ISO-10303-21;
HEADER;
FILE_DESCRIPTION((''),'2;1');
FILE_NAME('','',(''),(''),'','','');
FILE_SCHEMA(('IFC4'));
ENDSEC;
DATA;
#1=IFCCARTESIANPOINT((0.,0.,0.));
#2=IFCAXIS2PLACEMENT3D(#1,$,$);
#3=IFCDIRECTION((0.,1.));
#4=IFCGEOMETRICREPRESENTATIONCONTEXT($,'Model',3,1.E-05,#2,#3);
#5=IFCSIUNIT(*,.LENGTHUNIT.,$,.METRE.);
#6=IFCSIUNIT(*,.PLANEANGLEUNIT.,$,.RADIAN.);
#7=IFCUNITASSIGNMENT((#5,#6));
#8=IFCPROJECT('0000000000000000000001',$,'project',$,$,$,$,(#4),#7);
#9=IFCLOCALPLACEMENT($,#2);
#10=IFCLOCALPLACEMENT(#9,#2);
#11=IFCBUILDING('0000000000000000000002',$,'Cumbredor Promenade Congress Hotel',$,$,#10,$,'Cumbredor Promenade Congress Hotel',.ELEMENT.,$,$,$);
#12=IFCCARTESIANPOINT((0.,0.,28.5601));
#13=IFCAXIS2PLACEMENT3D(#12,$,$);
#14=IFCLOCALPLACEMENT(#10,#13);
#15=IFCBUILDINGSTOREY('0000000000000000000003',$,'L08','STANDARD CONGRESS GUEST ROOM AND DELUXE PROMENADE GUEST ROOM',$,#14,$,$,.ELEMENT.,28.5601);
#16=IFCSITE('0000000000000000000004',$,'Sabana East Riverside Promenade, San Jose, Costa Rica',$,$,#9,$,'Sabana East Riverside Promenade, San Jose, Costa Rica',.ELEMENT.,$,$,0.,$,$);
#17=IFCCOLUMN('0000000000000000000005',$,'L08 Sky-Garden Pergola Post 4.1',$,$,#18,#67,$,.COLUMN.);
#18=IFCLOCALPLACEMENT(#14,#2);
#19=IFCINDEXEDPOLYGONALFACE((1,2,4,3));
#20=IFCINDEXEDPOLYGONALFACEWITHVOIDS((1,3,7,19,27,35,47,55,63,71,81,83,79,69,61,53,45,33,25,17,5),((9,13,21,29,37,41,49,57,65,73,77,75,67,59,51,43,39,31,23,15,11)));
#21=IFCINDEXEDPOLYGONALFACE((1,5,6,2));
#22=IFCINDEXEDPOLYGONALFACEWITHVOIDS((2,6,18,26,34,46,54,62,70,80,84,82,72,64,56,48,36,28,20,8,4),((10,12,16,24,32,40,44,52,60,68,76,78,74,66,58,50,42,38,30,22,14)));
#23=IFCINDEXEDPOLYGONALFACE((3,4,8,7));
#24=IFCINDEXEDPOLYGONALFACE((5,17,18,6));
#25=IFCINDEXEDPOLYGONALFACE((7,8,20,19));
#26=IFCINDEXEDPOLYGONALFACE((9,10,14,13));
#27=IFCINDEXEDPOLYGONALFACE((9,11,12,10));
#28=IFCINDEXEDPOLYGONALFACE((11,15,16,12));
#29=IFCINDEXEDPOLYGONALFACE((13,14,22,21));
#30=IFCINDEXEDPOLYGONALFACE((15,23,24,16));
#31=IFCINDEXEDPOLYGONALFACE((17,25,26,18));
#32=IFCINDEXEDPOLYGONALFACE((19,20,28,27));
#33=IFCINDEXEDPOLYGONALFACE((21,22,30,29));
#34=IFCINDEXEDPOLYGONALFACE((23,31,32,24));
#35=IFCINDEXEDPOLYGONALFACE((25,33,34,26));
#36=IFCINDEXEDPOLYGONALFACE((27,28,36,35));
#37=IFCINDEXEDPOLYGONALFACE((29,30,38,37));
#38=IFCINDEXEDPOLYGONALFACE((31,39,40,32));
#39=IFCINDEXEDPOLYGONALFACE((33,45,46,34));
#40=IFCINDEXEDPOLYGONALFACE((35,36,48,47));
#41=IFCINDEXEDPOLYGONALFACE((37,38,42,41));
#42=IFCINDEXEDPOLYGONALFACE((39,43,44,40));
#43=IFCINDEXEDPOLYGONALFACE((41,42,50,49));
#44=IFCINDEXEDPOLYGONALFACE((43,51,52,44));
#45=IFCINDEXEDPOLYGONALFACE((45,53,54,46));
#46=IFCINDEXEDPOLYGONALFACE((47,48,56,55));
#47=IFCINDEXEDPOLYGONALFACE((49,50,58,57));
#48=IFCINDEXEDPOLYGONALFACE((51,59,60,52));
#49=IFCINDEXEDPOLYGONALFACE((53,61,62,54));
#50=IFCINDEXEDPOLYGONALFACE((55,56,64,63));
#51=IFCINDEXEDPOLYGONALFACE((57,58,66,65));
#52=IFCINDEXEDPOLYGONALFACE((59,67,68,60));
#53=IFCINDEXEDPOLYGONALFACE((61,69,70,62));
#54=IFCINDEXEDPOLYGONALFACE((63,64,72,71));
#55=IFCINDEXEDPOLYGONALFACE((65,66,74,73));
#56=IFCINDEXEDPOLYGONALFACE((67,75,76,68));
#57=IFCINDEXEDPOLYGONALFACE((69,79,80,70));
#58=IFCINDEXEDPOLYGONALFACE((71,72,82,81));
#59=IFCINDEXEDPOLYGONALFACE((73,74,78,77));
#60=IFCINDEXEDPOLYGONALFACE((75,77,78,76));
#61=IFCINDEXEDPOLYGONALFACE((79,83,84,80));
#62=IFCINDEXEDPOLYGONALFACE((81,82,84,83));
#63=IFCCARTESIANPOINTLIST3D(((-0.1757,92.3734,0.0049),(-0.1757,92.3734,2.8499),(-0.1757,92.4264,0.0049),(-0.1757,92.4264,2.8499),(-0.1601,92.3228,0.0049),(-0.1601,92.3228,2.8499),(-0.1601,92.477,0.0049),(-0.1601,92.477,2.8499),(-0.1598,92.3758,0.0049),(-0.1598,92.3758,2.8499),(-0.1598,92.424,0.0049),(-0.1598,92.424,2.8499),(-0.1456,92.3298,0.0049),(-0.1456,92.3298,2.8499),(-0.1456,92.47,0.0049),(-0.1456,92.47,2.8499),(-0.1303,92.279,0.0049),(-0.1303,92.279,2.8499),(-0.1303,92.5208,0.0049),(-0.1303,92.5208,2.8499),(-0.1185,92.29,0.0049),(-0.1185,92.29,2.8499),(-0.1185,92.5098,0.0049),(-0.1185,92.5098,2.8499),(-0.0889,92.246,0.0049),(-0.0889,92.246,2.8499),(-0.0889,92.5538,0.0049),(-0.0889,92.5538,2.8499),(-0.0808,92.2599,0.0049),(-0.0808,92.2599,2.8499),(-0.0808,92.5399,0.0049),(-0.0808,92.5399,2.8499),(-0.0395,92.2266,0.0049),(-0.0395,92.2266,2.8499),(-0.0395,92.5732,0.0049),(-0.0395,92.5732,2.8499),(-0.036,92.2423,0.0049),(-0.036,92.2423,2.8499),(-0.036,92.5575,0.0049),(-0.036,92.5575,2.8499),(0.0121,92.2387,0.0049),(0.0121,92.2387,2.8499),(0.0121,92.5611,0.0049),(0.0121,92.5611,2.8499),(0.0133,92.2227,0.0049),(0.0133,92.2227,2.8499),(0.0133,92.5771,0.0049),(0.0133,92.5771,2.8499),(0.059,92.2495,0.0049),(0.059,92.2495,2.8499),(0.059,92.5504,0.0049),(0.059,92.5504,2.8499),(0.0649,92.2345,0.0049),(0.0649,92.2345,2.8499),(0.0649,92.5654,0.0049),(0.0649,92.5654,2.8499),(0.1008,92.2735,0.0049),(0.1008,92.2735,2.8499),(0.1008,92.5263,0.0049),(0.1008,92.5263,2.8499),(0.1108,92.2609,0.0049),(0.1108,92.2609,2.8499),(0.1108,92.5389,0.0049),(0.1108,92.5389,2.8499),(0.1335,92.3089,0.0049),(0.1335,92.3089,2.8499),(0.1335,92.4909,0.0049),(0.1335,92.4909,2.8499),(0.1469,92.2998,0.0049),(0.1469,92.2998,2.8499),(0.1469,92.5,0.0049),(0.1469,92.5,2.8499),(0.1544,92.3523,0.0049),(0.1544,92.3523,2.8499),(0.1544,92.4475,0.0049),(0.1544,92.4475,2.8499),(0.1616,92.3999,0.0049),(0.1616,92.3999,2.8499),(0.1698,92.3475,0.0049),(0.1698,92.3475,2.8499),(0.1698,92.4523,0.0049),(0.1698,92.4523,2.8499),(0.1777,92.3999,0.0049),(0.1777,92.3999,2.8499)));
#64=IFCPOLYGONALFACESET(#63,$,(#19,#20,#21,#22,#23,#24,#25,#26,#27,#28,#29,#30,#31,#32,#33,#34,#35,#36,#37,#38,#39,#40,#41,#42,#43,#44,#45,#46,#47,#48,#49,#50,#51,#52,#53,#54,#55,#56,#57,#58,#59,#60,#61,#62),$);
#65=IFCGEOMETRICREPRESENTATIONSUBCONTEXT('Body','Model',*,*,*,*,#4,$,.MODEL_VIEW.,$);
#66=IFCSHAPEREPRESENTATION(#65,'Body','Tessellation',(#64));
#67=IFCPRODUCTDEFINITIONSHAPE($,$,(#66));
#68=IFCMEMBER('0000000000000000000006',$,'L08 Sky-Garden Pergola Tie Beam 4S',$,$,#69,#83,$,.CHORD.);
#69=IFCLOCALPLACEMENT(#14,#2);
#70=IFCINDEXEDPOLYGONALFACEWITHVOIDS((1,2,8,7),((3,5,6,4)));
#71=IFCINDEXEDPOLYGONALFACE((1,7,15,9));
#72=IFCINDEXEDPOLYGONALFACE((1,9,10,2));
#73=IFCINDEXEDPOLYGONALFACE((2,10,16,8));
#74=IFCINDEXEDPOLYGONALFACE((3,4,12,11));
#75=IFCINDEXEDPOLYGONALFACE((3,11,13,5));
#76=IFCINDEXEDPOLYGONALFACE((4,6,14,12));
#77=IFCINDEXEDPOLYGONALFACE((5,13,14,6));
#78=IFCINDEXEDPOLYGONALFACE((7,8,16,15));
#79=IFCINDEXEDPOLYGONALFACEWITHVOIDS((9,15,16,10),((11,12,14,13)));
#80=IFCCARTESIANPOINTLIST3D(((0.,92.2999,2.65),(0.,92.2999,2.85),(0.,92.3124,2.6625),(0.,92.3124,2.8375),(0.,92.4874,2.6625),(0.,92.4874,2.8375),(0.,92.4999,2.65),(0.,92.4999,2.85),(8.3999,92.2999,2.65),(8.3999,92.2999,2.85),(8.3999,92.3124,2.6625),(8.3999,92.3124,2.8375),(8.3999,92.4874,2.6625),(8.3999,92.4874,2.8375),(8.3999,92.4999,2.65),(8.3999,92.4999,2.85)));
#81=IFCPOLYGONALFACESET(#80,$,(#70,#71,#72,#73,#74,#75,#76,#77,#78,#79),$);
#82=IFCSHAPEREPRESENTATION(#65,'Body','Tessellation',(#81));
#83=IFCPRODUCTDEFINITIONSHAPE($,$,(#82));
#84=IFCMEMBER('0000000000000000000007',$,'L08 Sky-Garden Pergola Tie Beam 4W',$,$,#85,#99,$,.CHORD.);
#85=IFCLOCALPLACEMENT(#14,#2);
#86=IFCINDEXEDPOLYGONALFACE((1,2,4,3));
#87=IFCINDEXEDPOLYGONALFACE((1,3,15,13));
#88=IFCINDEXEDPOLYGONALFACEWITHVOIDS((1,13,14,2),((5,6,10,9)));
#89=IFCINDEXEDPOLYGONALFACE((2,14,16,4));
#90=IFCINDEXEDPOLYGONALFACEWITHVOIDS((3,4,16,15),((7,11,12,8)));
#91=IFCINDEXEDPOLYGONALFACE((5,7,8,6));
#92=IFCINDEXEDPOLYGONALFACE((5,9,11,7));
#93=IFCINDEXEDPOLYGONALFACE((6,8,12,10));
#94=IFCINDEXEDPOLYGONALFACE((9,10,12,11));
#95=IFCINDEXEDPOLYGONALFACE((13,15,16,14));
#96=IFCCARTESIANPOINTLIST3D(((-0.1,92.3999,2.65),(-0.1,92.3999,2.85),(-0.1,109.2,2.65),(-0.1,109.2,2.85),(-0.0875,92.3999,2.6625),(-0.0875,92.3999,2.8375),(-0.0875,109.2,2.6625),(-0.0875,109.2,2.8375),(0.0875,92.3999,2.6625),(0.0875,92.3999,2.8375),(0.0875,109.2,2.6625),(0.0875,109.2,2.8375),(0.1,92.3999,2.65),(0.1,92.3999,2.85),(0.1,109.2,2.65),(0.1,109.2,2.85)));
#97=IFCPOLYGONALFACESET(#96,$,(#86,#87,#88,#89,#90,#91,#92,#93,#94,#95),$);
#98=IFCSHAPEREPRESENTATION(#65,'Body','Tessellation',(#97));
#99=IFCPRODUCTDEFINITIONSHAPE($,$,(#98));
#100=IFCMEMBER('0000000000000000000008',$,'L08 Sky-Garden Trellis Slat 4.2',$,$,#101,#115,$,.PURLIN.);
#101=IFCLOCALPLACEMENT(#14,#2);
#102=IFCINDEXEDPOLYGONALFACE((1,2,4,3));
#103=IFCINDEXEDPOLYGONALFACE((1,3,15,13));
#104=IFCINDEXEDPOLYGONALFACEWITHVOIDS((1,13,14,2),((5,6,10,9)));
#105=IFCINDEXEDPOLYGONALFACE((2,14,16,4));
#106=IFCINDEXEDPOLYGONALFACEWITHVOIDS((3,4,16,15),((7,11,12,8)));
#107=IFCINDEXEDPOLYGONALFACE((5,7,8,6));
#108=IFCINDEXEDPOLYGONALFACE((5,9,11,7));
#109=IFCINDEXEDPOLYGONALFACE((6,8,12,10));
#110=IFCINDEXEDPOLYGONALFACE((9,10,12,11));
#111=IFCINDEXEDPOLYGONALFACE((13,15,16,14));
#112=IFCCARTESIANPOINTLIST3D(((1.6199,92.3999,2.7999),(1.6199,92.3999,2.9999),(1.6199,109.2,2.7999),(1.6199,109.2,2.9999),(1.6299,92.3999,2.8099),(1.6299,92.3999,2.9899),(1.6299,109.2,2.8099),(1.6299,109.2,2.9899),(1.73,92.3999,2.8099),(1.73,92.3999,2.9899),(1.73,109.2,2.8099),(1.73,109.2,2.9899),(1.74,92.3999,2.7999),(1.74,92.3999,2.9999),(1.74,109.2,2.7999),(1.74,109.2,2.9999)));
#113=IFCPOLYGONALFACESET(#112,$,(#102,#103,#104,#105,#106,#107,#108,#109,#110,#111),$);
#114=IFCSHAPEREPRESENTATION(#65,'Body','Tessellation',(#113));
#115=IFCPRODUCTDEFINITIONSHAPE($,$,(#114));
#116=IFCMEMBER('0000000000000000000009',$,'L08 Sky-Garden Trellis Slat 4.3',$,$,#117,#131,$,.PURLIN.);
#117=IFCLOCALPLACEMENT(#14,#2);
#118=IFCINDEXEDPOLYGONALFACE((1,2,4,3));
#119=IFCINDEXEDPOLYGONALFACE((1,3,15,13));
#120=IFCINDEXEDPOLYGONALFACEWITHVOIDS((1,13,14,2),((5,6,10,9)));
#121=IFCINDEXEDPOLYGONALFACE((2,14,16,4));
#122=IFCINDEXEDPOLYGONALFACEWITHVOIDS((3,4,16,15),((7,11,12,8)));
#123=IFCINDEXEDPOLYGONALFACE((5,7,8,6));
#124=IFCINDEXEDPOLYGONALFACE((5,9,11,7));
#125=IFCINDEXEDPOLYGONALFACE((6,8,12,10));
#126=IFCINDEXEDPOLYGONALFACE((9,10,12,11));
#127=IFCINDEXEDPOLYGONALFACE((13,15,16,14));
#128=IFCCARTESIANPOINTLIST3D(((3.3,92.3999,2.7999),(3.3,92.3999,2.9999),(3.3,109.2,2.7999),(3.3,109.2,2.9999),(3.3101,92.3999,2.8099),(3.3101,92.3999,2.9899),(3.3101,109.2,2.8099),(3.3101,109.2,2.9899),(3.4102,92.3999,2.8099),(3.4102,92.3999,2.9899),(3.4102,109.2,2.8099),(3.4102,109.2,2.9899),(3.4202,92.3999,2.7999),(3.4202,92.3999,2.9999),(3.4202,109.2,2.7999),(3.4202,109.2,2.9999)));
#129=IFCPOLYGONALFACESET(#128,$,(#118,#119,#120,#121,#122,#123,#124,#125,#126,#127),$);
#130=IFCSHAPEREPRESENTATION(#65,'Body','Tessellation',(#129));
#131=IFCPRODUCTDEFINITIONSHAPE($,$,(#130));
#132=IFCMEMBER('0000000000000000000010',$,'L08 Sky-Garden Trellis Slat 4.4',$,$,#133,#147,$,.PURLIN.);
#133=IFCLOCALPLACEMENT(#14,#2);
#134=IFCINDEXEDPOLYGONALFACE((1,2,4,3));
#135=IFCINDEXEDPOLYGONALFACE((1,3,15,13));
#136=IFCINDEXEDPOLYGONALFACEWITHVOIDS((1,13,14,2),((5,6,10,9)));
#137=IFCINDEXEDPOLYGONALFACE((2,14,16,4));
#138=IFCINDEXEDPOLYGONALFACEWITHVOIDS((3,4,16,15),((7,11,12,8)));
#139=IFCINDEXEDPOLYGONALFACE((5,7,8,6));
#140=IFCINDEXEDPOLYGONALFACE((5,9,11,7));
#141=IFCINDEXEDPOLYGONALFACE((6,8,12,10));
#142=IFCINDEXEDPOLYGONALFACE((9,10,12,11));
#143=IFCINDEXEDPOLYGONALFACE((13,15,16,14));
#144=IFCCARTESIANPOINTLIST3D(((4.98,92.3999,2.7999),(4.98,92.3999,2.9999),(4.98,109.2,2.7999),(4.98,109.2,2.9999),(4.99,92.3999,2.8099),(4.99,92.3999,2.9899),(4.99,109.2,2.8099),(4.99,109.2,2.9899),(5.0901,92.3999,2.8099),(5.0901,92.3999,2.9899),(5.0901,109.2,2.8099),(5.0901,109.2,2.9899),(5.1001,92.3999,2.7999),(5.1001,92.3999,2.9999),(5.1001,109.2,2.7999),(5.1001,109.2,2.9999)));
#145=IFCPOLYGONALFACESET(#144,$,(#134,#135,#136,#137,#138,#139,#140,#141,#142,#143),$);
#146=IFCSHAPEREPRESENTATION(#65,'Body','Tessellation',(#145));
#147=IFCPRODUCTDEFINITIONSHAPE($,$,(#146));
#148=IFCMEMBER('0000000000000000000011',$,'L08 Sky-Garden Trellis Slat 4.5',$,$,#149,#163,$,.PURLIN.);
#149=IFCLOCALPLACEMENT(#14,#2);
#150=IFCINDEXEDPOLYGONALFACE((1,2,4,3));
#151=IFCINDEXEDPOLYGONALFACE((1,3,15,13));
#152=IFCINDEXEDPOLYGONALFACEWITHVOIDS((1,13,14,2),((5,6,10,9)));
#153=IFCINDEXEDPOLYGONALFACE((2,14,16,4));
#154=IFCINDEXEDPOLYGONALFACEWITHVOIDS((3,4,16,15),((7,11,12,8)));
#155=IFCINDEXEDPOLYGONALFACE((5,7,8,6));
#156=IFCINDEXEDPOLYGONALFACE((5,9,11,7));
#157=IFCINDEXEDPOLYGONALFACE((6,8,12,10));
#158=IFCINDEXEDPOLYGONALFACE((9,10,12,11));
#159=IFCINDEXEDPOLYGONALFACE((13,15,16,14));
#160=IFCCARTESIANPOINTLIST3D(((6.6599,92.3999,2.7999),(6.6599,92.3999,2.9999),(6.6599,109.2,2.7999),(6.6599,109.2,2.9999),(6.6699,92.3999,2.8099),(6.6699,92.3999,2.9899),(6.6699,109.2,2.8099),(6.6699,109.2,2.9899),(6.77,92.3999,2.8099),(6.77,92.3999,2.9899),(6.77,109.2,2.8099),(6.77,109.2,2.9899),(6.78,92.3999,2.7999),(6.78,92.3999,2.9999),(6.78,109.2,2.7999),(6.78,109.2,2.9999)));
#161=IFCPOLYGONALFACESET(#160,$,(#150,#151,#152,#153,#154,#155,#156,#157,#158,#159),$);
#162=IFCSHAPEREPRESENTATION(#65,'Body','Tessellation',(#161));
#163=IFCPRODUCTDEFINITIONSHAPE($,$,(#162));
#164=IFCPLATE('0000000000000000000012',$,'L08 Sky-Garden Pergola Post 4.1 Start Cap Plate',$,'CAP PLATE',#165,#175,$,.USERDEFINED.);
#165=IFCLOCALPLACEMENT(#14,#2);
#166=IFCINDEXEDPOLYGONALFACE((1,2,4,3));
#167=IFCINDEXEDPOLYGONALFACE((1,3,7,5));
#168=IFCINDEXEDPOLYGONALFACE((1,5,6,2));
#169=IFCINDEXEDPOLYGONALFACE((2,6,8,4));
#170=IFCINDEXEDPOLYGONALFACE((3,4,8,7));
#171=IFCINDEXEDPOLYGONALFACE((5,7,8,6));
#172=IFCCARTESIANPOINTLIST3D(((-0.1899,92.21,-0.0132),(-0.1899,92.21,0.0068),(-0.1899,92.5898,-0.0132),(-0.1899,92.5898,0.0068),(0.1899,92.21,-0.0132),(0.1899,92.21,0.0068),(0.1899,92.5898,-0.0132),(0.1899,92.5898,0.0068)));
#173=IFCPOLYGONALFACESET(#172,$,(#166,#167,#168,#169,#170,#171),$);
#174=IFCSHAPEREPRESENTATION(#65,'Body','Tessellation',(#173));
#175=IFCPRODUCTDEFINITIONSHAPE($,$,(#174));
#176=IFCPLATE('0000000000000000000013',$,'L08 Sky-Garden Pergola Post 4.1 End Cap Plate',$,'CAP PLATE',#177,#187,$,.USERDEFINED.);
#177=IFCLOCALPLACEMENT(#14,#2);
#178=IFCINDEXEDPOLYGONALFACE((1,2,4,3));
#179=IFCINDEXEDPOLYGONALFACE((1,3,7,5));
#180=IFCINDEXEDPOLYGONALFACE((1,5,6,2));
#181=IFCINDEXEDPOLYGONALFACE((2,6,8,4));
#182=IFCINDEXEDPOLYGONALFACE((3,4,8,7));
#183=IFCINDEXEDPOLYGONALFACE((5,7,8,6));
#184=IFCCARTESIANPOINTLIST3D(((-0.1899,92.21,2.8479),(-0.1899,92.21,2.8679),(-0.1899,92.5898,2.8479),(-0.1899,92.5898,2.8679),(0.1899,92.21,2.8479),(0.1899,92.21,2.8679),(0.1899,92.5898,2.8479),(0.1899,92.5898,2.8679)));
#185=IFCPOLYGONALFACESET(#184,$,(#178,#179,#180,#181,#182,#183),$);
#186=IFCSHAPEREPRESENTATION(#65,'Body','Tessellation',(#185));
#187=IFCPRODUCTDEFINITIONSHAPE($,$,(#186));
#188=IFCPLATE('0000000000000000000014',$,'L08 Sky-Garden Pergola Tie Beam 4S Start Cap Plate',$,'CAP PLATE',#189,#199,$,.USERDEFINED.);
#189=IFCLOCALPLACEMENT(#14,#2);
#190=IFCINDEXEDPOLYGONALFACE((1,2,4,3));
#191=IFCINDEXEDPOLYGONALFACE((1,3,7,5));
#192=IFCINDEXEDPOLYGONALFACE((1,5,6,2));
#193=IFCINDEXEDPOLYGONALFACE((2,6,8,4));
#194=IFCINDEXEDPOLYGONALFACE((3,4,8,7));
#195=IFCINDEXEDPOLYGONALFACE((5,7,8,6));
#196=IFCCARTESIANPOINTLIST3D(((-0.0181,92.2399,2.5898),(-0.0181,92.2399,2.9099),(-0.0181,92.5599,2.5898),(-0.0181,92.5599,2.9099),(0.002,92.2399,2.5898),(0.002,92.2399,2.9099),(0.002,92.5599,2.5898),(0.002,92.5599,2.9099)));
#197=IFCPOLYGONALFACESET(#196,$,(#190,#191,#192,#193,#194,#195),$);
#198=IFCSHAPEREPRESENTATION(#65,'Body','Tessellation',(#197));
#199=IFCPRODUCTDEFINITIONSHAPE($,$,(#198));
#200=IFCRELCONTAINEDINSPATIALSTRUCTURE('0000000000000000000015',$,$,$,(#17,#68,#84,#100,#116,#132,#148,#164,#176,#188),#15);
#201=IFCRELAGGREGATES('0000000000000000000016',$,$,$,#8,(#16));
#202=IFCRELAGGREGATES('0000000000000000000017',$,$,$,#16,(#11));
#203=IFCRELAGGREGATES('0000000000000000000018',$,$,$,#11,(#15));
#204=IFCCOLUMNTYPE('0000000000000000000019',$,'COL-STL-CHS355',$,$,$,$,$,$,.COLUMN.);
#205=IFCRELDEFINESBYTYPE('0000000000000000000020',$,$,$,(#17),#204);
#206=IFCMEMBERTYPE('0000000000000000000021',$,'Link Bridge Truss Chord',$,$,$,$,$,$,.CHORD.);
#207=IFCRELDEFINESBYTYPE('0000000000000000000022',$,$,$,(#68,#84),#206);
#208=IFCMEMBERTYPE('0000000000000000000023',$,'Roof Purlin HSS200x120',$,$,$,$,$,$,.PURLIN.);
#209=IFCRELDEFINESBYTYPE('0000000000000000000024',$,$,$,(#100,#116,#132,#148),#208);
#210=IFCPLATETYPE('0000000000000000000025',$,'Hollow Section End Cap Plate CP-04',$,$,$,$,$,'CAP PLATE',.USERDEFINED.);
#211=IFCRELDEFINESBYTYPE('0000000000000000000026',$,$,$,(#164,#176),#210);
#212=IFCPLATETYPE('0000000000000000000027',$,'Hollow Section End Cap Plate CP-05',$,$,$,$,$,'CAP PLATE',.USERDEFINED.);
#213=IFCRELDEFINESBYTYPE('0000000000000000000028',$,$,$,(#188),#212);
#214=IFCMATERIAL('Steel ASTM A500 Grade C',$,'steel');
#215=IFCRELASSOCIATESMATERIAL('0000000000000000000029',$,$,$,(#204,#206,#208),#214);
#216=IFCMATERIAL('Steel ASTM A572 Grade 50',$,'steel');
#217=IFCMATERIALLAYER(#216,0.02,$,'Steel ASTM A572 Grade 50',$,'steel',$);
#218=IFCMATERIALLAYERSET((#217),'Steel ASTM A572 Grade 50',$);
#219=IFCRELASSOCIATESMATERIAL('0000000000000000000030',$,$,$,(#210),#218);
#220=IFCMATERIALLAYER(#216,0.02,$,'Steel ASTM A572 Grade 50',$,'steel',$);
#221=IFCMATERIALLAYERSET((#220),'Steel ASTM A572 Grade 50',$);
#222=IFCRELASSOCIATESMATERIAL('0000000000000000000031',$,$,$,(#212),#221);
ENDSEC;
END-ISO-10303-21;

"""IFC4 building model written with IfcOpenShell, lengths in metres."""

from ifc_helpers import new_model, si_unit, direction, frame, origin, origin_2d, place, context, subcontext, project, spatial, rectangle, hollow_rectangle, hollow_circle, extrude, material, layer, layer_set, material_profile, profile_set, type_object, element, save


model = new_model("IFC4")

# Units and contexts
model_context = context("Model", 3, precision=1e-05, world=origin(), true_north=direction((0.0, 1.0)))
body_context = subcontext(model_context, "Body", "Model", "MODEL_VIEW")
ifc_project = project(units=[si_unit("LENGTHUNIT", "METRE"), si_unit("PLANEANGLEUNIT", "RADIAN")], contexts=[model_context])

# Site, building, storey
site_placement = place(None, origin())
site = spatial("IfcSite", under=ifc_project, at=site_placement, Name="Sabana East Riverside Promenade, San Jose, Costa Rica", LongName="Sabana East Riverside Promenade, San Jose, Costa Rica", CompositionType="ELEMENT", RefElevation=0.0)
building_placement = place(site_placement, origin())
building = spatial("IfcBuilding", under=site, at=building_placement, Name="Cumbredor Promenade Congress Hotel", LongName="Cumbredor Promenade Congress Hotel", CompositionType="ELEMENT")
storey_placement = place(building_placement, frame((0.0, 0.0, 28.5601)))
storey = spatial("IfcBuildingStorey", under=building, at=storey_placement, Name="L08", Description="STANDARD CONGRESS GUEST ROOM AND DELUXE PROMENADE GUEST ROOM", CompositionType="ELEMENT", Elevation=28.5601)

# Column
ifc_material_1 = material(Name="Steel ASTM A500 Grade C", Category="steel")
ifc_material_profile_1 = material_profile(ifc_material_1, hollow_circle(Radius=0.1777, WallThickness=0.0161, at=origin_2d()), Name="CHS 355.6x16")
ifc_profile_set_1 = profile_set([ifc_material_profile_1], Name="Steel ASTM A500 Grade C")
column_type = type_object("IfcColumnType", Name="COL-STL-CHS355", PredefinedType="COLUMN", material=ifc_profile_set_1)
column_placement = place(storey_placement, frame((0.0, 92.3999, 0.0049), z_axis=(0.0, 0.0, 1.0), x_axis=(1.0, 0.0, 0.0)))
element("IfcColumn", 1, at=column_placement, inside=storey, type_object=column_type, Name="L08 Sky-Garden Pergola Post 4.1", PredefinedType="COLUMN", context=body_context, shape_type="SweptSolid", body=[
    extrude(hollow_circle(Radius=0.1777, WallThickness=0.0161, at=origin_2d()), origin(), (0.0, 0.0, 1.0), 2.845),
])

# Members
ifc_material_profile_2 = material_profile(ifc_material_1, hollow_rectangle(XDim=0.2, YDim=0.2, WallThickness=0.0125, at=origin_2d()), Name="HSS 200x200x12.5")
ifc_profile_set_2 = profile_set([ifc_material_profile_2], Name="Steel ASTM A500 Grade C")
member_type_1 = type_object("IfcMemberType", Name="Link Bridge Truss Chord", PredefinedType="CHORD", material=ifc_profile_set_2)
member_1_placement = place(storey_placement, frame((0.0, 92.3999, 2.75), z_axis=(1.0, 0.0, 0.0), x_axis=(0.0, 1.0, 0.0)))
element("IfcMember", 2, at=member_1_placement, inside=storey, type_object=member_type_1, Name="L08 Sky-Garden Pergola Tie Beam 4S", PredefinedType="CHORD", context=body_context, shape_type="SweptSolid", body=[
    extrude(hollow_rectangle(XDim=0.2, YDim=0.2, WallThickness=0.0125, at=origin_2d()), origin(), (0.0, 0.0, 1.0), 8.3999),
])
member_2_placement = place(storey_placement, frame((0.0, 92.3999, 2.75), z_axis=(0.0, 1.0, 0.0), x_axis=(-1.0, 0.0, 0.0)))
element("IfcMember", 3, at=member_2_placement, inside=storey, type_object=member_type_1, Name="L08 Sky-Garden Pergola Tie Beam 4W", PredefinedType="CHORD", context=body_context, shape_type="SweptSolid", body=[
    extrude(hollow_rectangle(XDim=0.2, YDim=0.2, WallThickness=0.0125, at=origin_2d()), origin(), (0.0, 0.0, 1.0), 16.8),
])
ifc_material_profile_3 = material_profile(ifc_material_1, hollow_rectangle(XDim=0.1201, YDim=0.2, WallThickness=0.01, at=origin_2d()), Name="HSS 200x120x10")
ifc_profile_set_3 = profile_set([ifc_material_profile_3], Name="Steel ASTM A500 Grade C")
member_type_2 = type_object("IfcMemberType", Name="Roof Purlin HSS200x120", PredefinedType="PURLIN", material=ifc_profile_set_3)
for number, where, z_axis, x_axis, name in (
    (4, (1.6799, 92.3999, 2.8999), (0.0, 1.0, 0.0), (-1.0, 0.0, 0.0), "L08 Sky-Garden Trellis Slat 4.2"),
    (5, (3.3601, 92.3999, 2.8999), (0.0, 1.0, 0.0), (-1.0, 0.0, 0.0), "L08 Sky-Garden Trellis Slat 4.3"),
    (6, (5.04, 92.3999, 2.8999), (0.0, 1.0, 0.0), (-1.0, 0.0, 0.0), "L08 Sky-Garden Trellis Slat 4.4"),
    (7, (6.72, 92.3999, 2.8999), (0.0, 1.0, 0.0), (-1.0, 0.0, 0.0), "L08 Sky-Garden Trellis Slat 4.5"),
):
    element("IfcMember", number, at=place(storey_placement, frame(where, z_axis=z_axis, x_axis=x_axis)), inside=storey, type_object=member_type_2, Name=name, PredefinedType="PURLIN", context=body_context, shape_type="SweptSolid", body=[
        extrude(hollow_rectangle(XDim=0.1201, YDim=0.2, WallThickness=0.01, at=origin_2d()), origin(), (0.0, 0.0, 1.0), 16.8),
    ])

# Plates
ifc_material_2 = material(Name="Steel ASTM A572 Grade 50", Category="steel")
ifc_layer_1 = layer(ifc_material_2, 0.02, Name="Steel ASTM A572 Grade 50", Category="steel")
ifc_layer_set_1 = layer_set([ifc_layer_1], Name="Steel ASTM A572 Grade 50")
plate_type_1 = type_object("IfcPlateType", Name="Hollow Section End Cap Plate CP-04", ElementType="CAP PLATE", PredefinedType="USERDEFINED", material=ifc_layer_set_1)
for number, where, z_axis, x_axis, name in (
    (8, (0.0, 92.3999, -0.0132), (0.0, 0.0, 1.0), (1.0, 0.0, 0.0), "L08 Sky-Garden Pergola Post 4.1 Start Cap Plate"),
    (9, (0.0, 92.3999, 2.8479), (0.0, 0.0, 1.0), (1.0, 0.0, 0.0), "L08 Sky-Garden Pergola Post 4.1 End Cap Plate"),
):
    element("IfcPlate", number, at=place(storey_placement, frame(where, z_axis=z_axis, x_axis=x_axis)), inside=storey, type_object=plate_type_1, Name=name, ObjectType="CAP PLATE", PredefinedType="USERDEFINED", context=body_context, shape_type="SweptSolid", body=[
        extrude(rectangle(XDim=0.3799, YDim=0.3799, at=origin_2d()), origin(), (0.0, 0.0, 1.0), 0.02),
    ])
ifc_layer_2 = layer(ifc_material_2, 0.02, Name="Steel ASTM A572 Grade 50", Category="steel")
ifc_layer_set_2 = layer_set([ifc_layer_2], Name="Steel ASTM A572 Grade 50")
plate_type_2 = type_object("IfcPlateType", Name="Hollow Section End Cap Plate CP-05", ElementType="CAP PLATE", PredefinedType="USERDEFINED", material=ifc_layer_set_2)
for number, where, z_axis, x_axis, name in (
    (10, (-0.0081, 92.3999, 2.5898), (0.0, 0.0, 1.0), (1.0, 0.0, 0.0), "L08 Sky-Garden Pergola Tie Beam 4S Start Cap Plate"),
):
    element("IfcPlate", number, at=place(storey_placement, frame(where, z_axis=z_axis, x_axis=x_axis)), inside=storey, type_object=plate_type_2, Name=name, ObjectType="CAP PLATE", PredefinedType="USERDEFINED", context=body_context, shape_type="SweptSolid", body=[
        extrude(rectangle(XDim=0.02, YDim=0.3201, at=origin_2d()), origin(), (0.0, 0.0, 1.0), 0.3201),
    ])

save(model, "model.ifc")
